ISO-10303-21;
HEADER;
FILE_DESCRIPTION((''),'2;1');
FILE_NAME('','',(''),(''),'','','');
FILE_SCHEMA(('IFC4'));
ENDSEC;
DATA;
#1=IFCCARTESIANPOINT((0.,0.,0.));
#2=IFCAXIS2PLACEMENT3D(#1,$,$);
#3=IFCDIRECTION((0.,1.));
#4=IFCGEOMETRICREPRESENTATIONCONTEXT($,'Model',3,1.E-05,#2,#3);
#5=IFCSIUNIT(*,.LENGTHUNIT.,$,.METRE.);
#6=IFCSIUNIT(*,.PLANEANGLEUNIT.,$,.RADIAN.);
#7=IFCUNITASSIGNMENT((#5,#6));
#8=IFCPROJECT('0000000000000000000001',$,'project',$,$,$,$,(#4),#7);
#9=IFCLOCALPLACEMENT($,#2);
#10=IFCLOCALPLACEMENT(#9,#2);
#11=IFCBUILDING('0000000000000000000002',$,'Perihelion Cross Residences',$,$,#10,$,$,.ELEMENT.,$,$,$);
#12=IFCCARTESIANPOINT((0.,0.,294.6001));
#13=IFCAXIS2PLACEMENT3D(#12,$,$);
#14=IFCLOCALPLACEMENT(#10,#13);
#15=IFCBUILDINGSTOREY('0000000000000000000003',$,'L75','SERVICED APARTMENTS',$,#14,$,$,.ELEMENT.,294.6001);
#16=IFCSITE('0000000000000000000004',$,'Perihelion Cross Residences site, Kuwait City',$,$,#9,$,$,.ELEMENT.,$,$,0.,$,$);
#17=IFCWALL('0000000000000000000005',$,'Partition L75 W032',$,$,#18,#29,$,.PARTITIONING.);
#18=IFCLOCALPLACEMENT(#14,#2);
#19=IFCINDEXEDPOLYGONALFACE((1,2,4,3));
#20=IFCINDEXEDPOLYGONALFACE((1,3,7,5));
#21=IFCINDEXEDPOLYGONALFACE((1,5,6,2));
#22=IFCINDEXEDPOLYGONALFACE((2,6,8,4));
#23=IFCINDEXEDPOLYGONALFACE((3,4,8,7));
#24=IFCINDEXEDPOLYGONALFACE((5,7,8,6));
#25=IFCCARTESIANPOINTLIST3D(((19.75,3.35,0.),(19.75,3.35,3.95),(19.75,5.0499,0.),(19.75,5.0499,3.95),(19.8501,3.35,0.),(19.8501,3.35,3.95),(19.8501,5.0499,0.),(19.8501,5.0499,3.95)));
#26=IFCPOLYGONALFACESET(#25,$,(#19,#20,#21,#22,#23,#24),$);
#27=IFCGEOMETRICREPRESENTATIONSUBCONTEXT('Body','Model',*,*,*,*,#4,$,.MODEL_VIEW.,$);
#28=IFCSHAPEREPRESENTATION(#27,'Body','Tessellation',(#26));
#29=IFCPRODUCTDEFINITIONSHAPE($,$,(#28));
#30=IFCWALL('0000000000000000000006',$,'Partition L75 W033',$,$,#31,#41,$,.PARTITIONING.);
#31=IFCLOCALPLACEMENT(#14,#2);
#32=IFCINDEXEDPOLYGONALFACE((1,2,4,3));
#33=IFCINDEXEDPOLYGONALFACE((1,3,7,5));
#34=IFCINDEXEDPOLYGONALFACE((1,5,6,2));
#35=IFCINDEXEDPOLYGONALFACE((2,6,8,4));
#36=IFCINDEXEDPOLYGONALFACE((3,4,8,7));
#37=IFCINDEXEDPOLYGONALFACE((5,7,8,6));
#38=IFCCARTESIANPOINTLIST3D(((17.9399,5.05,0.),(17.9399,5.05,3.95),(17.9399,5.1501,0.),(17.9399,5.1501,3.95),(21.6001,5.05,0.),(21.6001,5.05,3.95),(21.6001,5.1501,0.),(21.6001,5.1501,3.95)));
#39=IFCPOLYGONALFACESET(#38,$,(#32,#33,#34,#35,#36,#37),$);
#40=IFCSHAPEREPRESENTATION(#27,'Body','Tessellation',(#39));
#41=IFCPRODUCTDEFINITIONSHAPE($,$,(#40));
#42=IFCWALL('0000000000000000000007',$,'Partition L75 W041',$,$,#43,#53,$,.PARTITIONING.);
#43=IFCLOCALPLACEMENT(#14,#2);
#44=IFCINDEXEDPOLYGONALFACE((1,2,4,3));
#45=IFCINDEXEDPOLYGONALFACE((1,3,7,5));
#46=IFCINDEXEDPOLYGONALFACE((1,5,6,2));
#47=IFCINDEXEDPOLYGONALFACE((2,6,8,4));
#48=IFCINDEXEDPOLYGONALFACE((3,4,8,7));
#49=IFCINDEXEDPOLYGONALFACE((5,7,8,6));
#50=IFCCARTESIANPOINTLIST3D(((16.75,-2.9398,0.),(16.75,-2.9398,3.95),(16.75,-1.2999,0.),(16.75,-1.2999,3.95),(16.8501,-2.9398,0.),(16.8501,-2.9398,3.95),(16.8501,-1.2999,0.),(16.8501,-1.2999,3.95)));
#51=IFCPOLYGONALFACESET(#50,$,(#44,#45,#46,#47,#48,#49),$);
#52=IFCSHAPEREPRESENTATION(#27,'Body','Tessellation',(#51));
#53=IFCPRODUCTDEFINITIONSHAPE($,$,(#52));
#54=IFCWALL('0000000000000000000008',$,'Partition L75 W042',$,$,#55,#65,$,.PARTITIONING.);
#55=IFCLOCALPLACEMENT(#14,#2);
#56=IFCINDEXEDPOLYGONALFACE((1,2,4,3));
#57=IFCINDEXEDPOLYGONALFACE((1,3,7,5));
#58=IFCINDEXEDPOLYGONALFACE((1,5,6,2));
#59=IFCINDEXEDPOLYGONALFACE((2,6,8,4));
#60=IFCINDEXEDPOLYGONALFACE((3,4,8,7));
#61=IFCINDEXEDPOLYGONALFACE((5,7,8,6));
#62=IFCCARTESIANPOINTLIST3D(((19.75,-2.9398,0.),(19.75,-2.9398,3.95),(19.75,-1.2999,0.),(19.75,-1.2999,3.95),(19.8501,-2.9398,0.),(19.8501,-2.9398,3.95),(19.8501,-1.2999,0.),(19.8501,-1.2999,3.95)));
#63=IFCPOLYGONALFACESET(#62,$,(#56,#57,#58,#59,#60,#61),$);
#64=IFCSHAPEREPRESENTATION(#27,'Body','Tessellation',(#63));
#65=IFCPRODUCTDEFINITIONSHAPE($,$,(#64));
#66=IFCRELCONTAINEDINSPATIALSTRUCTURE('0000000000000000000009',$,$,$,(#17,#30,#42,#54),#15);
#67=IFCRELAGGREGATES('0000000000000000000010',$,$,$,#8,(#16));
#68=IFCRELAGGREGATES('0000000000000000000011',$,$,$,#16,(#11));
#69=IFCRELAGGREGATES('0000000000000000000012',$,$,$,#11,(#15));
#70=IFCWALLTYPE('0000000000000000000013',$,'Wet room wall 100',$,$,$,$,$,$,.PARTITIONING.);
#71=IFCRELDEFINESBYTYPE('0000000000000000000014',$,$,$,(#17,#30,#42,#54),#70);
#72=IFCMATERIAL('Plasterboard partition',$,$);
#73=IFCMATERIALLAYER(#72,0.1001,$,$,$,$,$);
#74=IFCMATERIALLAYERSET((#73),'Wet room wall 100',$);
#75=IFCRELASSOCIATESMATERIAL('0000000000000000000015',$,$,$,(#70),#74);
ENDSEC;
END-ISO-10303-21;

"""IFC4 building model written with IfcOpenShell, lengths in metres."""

from ifc_helpers import new_model, si_unit, direction, frame, frame_2d, origin, place, context, subcontext, project, spatial, rectangle, extrude, material, layer, layer_set, type_object, element, save


model = new_model("IFC4")

# Units and contexts
model_context = context("Model", 3, precision=1e-05, world=origin(), true_north=direction((0.0, 1.0)))
body_context = subcontext(model_context, "Body", "Model", "MODEL_VIEW")
ifc_project = project(units=[si_unit("LENGTHUNIT", "METRE"), si_unit("PLANEANGLEUNIT", "RADIAN")], contexts=[model_context])

# Site, building, storey
site_placement = place(None, origin())
site = spatial("IfcSite", under=ifc_project, at=site_placement, Name="Perihelion Cross Residences site, Kuwait City", CompositionType="ELEMENT", RefElevation=0.0)
building_placement = place(site_placement, origin())
building = spatial("IfcBuilding", under=site, at=building_placement, Name="Perihelion Cross Residences", CompositionType="ELEMENT")
storey_placement = place(building_placement, frame((0.0, 0.0, 294.6001)))
storey = spatial("IfcBuildingStorey", under=building, at=storey_placement, Name="L75", Description="SERVICED APARTMENTS", CompositionType="ELEMENT", Elevation=294.6001)

# Shared definitions
ifc_material_1 = material(Name="Plasterboard partition")
ifc_layer_1 = layer(ifc_material_1, 0.1001)
ifc_layer_set_1 = layer_set([ifc_layer_1], Name="Wet room wall 100")
wall_type_1 = type_object("IfcWallType", Name="Wet room wall 100", PredefinedType="PARTITIONING", material=ifc_layer_set_1)

# Walls
wall_1_placement = place(storey_placement, frame((19.8, 5.05, 0.0), z_axis=(0.0, 0.0, 1.0), x_axis=(0.0, -1.0, 0.0)))
element("IfcWall", 1, at=wall_1_placement, inside=storey, type_object=wall_type_1, Name="Partition L75 W032", PredefinedType="PARTITIONING", context=body_context, shape_type="SweptSolid", body=[
    extrude(rectangle(XDim=1.7, YDim=0.1001, at=frame_2d((0.8501, 0.0))), origin(), (0.0, 0.0, 1.0), 3.95),
])
wall_2_placement = place(storey_placement, frame((17.9399, 5.1001, 0.0), z_axis=(0.0, 0.0, 1.0), x_axis=(1.0, 0.0, 0.0)))
element("IfcWall", 2, at=wall_2_placement, inside=storey, type_object=wall_type_1, Name="Partition L75 W033", PredefinedType="PARTITIONING", context=body_context, shape_type="SweptSolid", body=[
    extrude(rectangle(XDim=3.6602, YDim=0.1001, at=frame_2d((1.8301, 0.0))), origin(), (0.0, 0.0, 1.0), 3.95),
])
for number, where, z_axis, x_axis, name in (
    (3, (16.8, -1.3, 0.0), (0.0, 0.0, 1.0), (0.0, -1.0, 0.0), "Partition L75 W041"),
    (4, (19.8, -1.3, 0.0), (0.0, 0.0, 1.0), (0.0, -1.0, 0.0), "Partition L75 W042"),
):
    element("IfcWall", number, at=place(storey_placement, frame(where, z_axis=z_axis, x_axis=x_axis)), inside=storey, type_object=wall_type_1, Name=name, PredefinedType="PARTITIONING", context=body_context, shape_type="SweptSolid", body=[
        extrude(rectangle(XDim=1.6399, YDim=0.1001, at=frame_2d((0.8198, 0.0))), origin(), (0.0, 0.0, 1.0), 3.95),
    ])

save(model, "model.ifc")
